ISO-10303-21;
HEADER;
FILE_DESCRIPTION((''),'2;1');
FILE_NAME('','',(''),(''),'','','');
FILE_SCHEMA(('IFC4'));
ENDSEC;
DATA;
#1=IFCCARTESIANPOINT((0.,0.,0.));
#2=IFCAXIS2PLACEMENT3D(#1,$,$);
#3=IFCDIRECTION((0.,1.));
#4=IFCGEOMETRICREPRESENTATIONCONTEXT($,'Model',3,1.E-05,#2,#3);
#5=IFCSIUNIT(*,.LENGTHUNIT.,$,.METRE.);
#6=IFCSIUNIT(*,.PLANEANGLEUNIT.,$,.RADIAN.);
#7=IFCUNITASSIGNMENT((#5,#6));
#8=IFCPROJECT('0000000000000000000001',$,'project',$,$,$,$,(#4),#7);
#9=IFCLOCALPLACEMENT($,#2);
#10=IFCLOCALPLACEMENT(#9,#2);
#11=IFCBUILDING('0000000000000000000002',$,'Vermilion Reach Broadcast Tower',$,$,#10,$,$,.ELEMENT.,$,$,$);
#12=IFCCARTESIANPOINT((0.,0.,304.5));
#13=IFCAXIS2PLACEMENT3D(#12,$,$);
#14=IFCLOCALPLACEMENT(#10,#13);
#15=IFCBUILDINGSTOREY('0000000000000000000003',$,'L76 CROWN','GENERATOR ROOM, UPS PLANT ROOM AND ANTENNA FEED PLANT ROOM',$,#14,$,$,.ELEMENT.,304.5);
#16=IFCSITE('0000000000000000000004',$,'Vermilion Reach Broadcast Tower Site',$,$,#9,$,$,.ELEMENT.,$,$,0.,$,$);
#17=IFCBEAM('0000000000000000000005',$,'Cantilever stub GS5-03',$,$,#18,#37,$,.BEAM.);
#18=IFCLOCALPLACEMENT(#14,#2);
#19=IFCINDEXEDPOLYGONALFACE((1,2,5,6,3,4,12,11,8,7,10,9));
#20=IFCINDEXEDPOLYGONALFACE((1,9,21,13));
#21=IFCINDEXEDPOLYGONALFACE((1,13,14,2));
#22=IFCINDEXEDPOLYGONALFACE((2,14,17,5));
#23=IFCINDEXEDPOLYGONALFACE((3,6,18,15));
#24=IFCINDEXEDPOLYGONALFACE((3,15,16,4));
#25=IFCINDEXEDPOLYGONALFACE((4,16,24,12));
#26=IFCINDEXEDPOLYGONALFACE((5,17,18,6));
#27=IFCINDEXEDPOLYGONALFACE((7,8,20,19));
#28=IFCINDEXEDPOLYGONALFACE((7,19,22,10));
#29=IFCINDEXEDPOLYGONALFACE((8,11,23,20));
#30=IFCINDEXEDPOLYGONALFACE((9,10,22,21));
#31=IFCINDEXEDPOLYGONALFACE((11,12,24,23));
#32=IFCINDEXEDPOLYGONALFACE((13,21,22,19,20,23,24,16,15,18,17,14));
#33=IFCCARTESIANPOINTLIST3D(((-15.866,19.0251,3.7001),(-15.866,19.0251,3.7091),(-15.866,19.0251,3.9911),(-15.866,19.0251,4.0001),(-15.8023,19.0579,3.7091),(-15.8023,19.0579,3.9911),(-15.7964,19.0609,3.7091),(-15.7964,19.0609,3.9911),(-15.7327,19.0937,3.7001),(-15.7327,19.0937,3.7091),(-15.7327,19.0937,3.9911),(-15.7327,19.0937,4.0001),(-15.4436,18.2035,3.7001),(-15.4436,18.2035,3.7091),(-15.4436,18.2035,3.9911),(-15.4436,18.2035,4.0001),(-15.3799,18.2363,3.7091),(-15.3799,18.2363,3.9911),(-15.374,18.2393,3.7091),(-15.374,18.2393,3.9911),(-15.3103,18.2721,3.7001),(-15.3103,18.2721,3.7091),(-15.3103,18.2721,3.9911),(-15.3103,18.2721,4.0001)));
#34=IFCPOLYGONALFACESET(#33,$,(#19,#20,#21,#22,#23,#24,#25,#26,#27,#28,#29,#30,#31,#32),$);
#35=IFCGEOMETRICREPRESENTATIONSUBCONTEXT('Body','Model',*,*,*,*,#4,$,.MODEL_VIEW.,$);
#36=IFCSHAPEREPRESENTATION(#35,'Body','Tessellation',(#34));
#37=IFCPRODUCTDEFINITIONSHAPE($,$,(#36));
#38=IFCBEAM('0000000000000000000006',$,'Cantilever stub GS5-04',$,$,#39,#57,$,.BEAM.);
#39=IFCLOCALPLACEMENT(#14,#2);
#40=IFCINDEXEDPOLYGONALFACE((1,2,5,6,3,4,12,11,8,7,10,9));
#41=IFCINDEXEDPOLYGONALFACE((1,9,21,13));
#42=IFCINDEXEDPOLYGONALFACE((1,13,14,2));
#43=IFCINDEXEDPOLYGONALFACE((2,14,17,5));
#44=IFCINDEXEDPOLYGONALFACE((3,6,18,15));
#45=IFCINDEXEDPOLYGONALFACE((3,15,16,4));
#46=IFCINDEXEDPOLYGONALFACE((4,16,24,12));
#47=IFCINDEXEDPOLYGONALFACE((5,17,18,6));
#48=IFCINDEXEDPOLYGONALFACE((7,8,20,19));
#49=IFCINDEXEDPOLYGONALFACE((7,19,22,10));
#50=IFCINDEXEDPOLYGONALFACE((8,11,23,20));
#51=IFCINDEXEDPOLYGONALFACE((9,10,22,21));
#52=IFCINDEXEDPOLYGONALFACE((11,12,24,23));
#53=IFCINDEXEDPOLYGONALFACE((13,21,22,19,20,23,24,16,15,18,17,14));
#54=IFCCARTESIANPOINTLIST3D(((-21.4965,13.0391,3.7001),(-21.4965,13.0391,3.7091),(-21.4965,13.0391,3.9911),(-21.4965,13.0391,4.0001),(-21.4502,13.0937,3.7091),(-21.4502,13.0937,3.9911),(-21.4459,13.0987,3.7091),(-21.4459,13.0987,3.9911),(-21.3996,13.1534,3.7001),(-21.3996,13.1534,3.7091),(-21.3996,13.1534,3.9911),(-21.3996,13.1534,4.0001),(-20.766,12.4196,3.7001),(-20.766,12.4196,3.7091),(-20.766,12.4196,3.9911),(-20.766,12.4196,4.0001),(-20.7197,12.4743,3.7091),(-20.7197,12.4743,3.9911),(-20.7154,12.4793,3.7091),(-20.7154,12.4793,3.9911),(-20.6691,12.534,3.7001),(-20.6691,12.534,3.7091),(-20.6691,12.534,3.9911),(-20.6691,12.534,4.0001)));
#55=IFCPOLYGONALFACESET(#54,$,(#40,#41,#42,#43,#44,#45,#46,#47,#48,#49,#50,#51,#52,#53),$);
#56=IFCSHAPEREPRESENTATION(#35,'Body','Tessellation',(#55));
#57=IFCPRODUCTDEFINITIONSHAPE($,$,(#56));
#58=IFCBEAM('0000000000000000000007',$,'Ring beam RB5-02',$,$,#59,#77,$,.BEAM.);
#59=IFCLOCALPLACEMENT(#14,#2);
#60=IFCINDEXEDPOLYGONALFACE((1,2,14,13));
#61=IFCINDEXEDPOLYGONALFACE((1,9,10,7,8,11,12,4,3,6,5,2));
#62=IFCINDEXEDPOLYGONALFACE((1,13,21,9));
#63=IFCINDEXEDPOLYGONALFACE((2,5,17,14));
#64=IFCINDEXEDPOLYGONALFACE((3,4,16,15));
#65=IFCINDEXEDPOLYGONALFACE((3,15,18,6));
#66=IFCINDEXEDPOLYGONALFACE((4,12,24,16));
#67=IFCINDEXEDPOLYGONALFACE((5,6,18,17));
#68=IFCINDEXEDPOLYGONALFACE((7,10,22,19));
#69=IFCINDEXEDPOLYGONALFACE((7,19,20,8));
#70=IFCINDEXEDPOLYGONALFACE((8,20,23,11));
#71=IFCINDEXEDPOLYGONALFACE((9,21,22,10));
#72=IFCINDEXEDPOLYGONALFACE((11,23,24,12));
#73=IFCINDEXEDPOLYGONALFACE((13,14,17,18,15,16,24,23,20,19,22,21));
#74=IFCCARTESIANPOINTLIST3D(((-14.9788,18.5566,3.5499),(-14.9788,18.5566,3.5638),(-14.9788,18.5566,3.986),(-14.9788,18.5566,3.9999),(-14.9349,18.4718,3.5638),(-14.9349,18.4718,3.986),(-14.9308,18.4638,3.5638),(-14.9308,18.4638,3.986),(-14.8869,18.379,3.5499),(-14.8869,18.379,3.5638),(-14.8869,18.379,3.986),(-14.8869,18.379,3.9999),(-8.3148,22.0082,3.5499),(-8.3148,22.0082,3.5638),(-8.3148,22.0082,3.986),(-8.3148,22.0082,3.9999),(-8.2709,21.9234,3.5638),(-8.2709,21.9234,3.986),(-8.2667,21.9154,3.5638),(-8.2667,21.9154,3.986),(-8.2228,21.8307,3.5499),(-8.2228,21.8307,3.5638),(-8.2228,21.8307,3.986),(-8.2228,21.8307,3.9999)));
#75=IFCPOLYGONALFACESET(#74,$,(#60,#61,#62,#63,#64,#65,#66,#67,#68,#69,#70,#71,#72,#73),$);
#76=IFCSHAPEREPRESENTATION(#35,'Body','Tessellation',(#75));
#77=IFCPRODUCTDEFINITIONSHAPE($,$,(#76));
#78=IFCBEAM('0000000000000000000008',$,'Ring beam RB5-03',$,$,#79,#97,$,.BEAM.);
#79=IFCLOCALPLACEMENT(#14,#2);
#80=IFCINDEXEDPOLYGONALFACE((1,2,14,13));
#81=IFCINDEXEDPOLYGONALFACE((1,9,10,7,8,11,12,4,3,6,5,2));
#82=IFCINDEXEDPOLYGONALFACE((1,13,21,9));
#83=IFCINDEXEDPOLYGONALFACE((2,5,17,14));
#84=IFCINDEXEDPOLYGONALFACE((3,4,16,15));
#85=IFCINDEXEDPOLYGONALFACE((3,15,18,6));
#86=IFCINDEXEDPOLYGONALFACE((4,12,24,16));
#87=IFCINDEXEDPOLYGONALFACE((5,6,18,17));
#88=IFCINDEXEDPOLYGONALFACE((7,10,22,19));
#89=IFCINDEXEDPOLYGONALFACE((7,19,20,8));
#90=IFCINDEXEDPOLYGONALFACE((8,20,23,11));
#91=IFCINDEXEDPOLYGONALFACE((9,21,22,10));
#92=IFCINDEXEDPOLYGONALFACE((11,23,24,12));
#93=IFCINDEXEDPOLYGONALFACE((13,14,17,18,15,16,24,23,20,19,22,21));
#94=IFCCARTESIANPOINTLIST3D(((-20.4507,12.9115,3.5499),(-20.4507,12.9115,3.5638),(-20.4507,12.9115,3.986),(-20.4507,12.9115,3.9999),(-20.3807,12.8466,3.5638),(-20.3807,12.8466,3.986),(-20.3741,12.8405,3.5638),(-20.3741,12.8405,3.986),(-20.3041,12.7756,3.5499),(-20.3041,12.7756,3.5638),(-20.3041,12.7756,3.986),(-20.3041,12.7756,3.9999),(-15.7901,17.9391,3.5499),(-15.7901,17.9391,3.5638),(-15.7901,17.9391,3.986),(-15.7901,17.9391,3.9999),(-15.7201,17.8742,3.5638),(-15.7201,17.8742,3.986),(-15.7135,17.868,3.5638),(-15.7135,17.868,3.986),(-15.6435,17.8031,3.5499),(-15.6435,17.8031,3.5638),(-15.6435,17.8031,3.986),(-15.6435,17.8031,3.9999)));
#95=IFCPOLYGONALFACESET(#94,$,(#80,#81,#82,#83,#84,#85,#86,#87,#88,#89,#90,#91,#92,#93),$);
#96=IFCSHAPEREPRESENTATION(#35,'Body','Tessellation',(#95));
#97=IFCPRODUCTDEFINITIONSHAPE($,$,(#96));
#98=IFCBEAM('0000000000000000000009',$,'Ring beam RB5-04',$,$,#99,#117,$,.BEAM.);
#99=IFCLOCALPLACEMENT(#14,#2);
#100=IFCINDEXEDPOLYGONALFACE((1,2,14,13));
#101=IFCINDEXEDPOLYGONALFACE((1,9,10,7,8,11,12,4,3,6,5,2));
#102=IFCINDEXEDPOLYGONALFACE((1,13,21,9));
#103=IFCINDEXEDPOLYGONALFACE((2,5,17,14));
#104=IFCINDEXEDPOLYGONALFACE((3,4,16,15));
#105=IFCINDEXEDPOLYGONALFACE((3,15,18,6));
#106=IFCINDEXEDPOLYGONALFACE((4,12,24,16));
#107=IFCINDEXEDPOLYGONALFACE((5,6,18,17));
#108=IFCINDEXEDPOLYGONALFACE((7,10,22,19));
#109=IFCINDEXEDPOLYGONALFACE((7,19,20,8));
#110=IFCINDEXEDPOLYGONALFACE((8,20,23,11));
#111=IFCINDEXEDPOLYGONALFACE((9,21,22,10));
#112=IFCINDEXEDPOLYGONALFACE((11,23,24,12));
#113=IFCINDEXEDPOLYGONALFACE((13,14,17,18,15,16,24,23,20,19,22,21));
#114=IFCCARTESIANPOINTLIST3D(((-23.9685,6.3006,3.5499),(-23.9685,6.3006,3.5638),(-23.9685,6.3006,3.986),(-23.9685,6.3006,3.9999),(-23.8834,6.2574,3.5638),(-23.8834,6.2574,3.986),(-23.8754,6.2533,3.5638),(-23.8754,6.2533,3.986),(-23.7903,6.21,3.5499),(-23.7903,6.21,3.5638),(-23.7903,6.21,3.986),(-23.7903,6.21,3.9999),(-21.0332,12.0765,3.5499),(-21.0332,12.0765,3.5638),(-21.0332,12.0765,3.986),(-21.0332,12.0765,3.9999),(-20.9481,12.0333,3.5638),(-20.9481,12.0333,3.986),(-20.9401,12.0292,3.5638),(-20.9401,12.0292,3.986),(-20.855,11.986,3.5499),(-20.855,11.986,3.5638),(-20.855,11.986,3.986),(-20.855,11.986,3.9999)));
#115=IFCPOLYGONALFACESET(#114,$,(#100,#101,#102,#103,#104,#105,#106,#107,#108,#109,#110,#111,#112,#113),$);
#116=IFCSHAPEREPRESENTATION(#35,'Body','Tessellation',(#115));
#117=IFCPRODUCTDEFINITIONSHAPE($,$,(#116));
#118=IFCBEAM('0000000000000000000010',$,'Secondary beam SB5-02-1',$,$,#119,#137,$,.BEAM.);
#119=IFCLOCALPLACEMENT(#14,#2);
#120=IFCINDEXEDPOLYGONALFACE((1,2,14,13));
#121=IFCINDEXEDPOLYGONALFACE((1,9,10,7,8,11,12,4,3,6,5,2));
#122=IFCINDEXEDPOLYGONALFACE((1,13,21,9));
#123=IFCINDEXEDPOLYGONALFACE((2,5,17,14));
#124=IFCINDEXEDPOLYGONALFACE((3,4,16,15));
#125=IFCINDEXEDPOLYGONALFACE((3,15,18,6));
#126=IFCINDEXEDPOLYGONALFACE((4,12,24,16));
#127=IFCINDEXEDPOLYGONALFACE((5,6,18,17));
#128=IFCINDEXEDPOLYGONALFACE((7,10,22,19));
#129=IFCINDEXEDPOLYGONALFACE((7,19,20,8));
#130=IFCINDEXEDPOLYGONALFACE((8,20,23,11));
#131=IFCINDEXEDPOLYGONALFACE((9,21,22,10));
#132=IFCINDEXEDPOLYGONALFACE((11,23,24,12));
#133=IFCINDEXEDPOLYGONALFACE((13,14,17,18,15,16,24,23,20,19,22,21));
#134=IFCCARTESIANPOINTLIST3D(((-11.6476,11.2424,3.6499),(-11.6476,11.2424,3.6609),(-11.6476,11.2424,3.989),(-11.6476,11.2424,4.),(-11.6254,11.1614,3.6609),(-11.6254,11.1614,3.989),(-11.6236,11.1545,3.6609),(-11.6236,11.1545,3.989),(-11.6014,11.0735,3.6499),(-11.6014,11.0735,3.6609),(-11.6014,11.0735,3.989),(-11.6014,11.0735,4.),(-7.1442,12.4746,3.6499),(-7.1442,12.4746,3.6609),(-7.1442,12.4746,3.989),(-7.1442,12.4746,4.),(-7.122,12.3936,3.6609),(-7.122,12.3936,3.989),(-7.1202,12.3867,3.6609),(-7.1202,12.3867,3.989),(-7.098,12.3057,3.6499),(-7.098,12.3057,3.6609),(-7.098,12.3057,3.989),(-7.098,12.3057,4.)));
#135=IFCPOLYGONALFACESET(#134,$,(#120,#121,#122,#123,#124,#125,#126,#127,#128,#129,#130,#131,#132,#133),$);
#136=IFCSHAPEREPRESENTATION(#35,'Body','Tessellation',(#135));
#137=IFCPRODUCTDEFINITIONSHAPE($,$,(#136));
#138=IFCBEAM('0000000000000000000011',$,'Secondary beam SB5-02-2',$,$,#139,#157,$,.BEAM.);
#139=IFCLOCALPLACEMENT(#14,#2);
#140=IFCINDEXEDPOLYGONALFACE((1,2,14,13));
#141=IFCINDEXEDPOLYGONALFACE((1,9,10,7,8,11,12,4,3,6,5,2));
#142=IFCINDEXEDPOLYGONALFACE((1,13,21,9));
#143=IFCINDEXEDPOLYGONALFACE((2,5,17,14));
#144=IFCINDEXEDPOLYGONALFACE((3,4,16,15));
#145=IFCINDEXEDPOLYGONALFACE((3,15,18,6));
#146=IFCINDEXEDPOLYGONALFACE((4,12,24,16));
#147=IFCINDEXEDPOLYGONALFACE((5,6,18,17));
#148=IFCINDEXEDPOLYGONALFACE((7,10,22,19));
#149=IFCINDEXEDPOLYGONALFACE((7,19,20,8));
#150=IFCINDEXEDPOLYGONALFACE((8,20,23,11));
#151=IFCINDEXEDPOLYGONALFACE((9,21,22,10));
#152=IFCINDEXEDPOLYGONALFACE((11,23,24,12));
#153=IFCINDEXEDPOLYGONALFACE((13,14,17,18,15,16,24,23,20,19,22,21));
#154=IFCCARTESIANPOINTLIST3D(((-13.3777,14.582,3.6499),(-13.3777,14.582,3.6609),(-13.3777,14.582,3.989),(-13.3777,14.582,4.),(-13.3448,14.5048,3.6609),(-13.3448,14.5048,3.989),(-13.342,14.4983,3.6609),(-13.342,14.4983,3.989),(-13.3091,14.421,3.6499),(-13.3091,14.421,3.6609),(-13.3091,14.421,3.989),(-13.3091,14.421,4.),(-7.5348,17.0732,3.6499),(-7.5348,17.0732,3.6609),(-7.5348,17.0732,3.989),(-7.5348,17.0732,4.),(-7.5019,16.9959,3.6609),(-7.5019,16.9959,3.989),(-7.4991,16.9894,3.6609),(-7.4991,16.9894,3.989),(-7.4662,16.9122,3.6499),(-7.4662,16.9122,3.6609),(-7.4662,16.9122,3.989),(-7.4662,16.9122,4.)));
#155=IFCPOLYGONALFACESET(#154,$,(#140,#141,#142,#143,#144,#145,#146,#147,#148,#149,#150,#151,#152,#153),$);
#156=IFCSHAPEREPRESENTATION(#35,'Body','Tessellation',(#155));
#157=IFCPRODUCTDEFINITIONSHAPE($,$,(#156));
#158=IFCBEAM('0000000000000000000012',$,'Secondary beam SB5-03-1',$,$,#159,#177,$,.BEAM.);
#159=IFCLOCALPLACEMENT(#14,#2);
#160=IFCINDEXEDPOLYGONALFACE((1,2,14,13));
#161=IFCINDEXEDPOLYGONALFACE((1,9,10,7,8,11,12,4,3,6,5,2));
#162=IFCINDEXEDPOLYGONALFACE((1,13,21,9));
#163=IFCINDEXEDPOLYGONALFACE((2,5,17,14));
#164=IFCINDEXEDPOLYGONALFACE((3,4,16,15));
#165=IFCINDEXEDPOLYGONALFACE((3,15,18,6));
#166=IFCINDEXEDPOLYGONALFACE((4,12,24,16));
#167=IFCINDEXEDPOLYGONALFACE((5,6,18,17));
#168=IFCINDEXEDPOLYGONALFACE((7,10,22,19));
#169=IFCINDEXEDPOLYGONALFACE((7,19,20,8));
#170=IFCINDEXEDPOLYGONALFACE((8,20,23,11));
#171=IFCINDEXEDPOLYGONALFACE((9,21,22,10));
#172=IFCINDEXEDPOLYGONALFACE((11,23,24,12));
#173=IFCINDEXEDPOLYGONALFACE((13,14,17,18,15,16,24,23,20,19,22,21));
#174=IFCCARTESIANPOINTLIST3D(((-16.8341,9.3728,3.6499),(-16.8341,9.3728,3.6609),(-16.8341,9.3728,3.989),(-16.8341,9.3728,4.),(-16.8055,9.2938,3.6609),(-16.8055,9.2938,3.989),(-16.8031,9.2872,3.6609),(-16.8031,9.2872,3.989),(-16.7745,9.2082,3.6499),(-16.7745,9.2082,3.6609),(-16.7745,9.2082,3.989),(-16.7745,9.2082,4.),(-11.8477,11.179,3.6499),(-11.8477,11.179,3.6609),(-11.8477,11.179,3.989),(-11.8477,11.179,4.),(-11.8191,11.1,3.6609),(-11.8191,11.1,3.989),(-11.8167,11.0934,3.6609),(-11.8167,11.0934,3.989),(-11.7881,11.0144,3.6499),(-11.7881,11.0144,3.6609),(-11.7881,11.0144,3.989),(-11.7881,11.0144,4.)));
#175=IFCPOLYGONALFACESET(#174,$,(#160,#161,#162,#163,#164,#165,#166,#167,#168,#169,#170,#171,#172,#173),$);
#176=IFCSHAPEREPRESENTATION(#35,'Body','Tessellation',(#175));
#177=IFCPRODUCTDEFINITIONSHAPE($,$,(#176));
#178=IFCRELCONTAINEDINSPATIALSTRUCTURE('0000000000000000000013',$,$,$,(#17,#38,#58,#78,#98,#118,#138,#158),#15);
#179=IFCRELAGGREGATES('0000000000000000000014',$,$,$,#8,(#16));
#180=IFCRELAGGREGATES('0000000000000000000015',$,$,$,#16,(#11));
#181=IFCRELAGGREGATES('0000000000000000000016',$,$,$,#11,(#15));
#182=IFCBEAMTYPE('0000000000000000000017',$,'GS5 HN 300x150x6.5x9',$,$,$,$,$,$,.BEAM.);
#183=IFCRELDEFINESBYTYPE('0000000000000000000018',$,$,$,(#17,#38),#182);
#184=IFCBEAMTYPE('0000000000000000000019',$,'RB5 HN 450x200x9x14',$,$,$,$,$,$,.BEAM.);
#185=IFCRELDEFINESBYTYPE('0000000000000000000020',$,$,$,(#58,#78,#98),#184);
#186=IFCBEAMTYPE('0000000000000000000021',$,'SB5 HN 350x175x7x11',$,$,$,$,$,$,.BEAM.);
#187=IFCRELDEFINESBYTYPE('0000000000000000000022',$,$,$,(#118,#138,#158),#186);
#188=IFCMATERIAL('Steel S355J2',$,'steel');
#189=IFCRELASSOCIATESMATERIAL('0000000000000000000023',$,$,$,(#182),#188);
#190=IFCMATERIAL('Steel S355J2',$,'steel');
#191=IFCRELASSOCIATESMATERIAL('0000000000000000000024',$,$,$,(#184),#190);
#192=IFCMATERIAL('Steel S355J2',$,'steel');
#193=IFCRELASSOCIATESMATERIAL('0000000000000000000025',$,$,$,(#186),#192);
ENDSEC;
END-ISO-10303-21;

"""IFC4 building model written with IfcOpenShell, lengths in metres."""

from ifc_helpers import new_model, si_unit, direction, frame, origin, origin_2d, place, context, subcontext, project, spatial, i_section, extrude, material, material_profile, profile_set, type_object, element, save


model = new_model("IFC4")

# Units and contexts
model_context = context("Model", 3, precision=1e-05, world=origin(), true_north=direction((0.0, 1.0)))
body_context = subcontext(model_context, "Body", "Model", "MODEL_VIEW")
ifc_project = project(units=[si_unit("LENGTHUNIT", "METRE"), si_unit("PLANEANGLEUNIT", "RADIAN")], contexts=[model_context])

# Site, building, storey
site_placement = place(None, origin())
site = spatial("IfcSite", under=ifc_project, at=site_placement, Name="Vermilion Reach Broadcast Tower Site", CompositionType="ELEMENT", RefElevation=0.0)
building_placement = place(site_placement, origin())
building = spatial("IfcBuilding", under=site, at=building_placement, Name="Vermilion Reach Broadcast Tower", CompositionType="ELEMENT")
storey_placement = place(building_placement, frame((0.0, 0.0, 304.5)))
storey = spatial("IfcBuildingStorey", under=building, at=storey_placement, Name="L76 CROWN", Description="GENERATOR ROOM, UPS PLANT ROOM AND ANTENNA FEED PLANT ROOM", CompositionType="ELEMENT", Elevation=304.5)

# Beams
ifc_material_1 = material(Name="Steel S355J2", Category="steel")
ifc_material_profile_1 = material_profile(ifc_material_1, i_section(OverallWidth=0.1499, OverallDepth=0.3, WebThickness=0.0066, FlangeThickness=0.009, at=origin_2d()), Name="S355J2 HN 300x150x6.5x9")
ifc_profile_set_1 = profile_set([ifc_material_profile_1], Name="Steel S355J2")
beam_type_1 = type_object("IfcBeamType", Name="GS5 HN 300x150x6.5x9", PredefinedType="BEAM", material=ifc_profile_set_1)
beam_1_placement = place(storey_placement, frame((-15.377, 18.2378, 3.8501), z_axis=(-0.457229, 0.889349, 0.0), x_axis=(-0.889349, -0.457229, 0.0)))
element("IfcBeam", 1, at=beam_1_placement, inside=storey, type_object=beam_type_1, Name="Cantilever stub GS5-03", PredefinedType="BEAM", context=body_context, shape_type="SweptSolid", body=[
    extrude(i_section(OverallWidth=0.1499, OverallDepth=0.3, WebThickness=0.0066, FlangeThickness=0.009, at=origin_2d()), origin(), (0.0, 0.0, 1.0), 0.9238),
])
beam_2_placement = place(storey_placement, frame((-20.7175, 12.4768, 3.8501), z_axis=(-0.762719, 0.64673, 0.0), x_axis=(-0.64673, -0.762719, 0.0)))
element("IfcBeam", 2, at=beam_2_placement, inside=storey, type_object=beam_type_1, Name="Cantilever stub GS5-04", PredefinedType="BEAM", context=body_context, shape_type="SweptSolid", body=[
    extrude(i_section(OverallWidth=0.1499, OverallDepth=0.3, WebThickness=0.0066, FlangeThickness=0.009, at=origin_2d()), origin(), (0.0, 0.0, 1.0), 0.9578),
])
ifc_material_2 = material(Name="Steel S355J2", Category="steel")
ifc_material_profile_2 = material_profile(ifc_material_2, i_section(OverallWidth=0.2, OverallDepth=0.45, WebThickness=0.009, FlangeThickness=0.0139, at=origin_2d()), Name="S355J2 HN 450x200x9x14")
ifc_profile_set_2 = profile_set([ifc_material_profile_2], Name="Steel S355J2")
beam_type_2 = type_object("IfcBeamType", Name="RB5 HN 450x200x9x14", PredefinedType="BEAM", material=ifc_profile_set_2)
beam_3_placement = place(storey_placement, frame((-8.2688, 21.9194, 3.7749), z_axis=(-0.88796, -0.45992, 0.0), x_axis=(0.45992, -0.88796, 0.0)))
element("IfcBeam", 3, at=beam_3_placement, inside=storey, type_object=beam_type_2, Name="Ring beam RB5-02", PredefinedType="BEAM", context=body_context, shape_type="SweptSolid", body=[
    extrude(i_section(OverallWidth=0.2, OverallDepth=0.45, WebThickness=0.009, FlangeThickness=0.0139, at=origin_2d()), origin(), (0.0, 0.0, 1.0), 7.5049),
])
beam_4_placement = place(storey_placement, frame((-15.7168, 17.8711, 3.7749), z_axis=(-0.679838, -0.733363, 0.0), x_axis=(0.733363, -0.679838, 0.0)))
element("IfcBeam", 4, at=beam_4_placement, inside=storey, type_object=beam_type_2, Name="Ring beam RB5-03", PredefinedType="BEAM", context=body_context, shape_type="SweptSolid", body=[
    extrude(i_section(OverallWidth=0.2, OverallDepth=0.45, WebThickness=0.009, FlangeThickness=0.0139, at=origin_2d()), origin(), (0.0, 0.0, 1.0), 6.8555),
])
beam_5_placement = place(storey_placement, frame((-20.9441, 12.0312, 3.7749), z_axis=(-0.453052, -0.891484, 0.0), x_axis=(0.891484, -0.453052, 0.0)))
element("IfcBeam", 5, at=beam_5_placement, inside=storey, type_object=beam_type_2, Name="Ring beam RB5-04", PredefinedType="BEAM", context=body_context, shape_type="SweptSolid", body=[
    extrude(i_section(OverallWidth=0.2, OverallDepth=0.45, WebThickness=0.009, FlangeThickness=0.0139, at=origin_2d()), origin(), (0.0, 0.0, 1.0), 6.479),
])
ifc_material_3 = material(Name="Steel S355J2", Category="steel")
ifc_material_profile_3 = material_profile(ifc_material_3, i_section(OverallWidth=0.175, OverallDepth=0.3501, WebThickness=0.0071, FlangeThickness=0.011, at=origin_2d()), Name="S355J2 HN 350x175x7x11")
ifc_profile_set_3 = profile_set([ifc_material_profile_3], Name="Steel S355J2")
beam_type_3 = type_object("IfcBeamType", Name="SB5 HN 350x175x7x11", PredefinedType="BEAM", material=ifc_profile_set_3)
beam_6_placement = place(storey_placement, frame((-7.1211, 12.3901, 3.825), z_axis=(-0.964547, -0.263909, 0.0), x_axis=(0.263909, -0.964547, 0.0)))
element("IfcBeam", 6, at=beam_6_placement, inside=storey, type_object=beam_type_3, Name="Secondary beam SB5-02-1", PredefinedType="BEAM", context=body_context, shape_type="SweptSolid", body=[
    extrude(i_section(OverallWidth=0.175, OverallDepth=0.3501, WebThickness=0.0071, FlangeThickness=0.011, at=origin_2d()), origin(), (0.0, 0.0, 1.0), 4.6689),
])
beam_7_placement = place(storey_placement, frame((-7.5005, 16.9927, 3.825), z_axis=(-0.919881, -0.392198, 0.0), x_axis=(0.392198, -0.919881, 0.0)))
element("IfcBeam", 7, at=beam_7_placement, inside=storey, type_object=beam_type_3, Name="Secondary beam SB5-02-2", PredefinedType="BEAM", context=body_context, shape_type="SweptSolid", body=[
    extrude(i_section(OverallWidth=0.175, OverallDepth=0.3501, WebThickness=0.0071, FlangeThickness=0.011, at=origin_2d()), origin(), (0.0, 0.0, 1.0), 6.3518),
])
beam_8_placement = place(storey_placement, frame((-11.8179, 11.0967, 3.825), z_axis=(-0.94022, -0.340567, 0.0), x_axis=(0.340567, -0.94022, 0.0)))
element("IfcBeam", 8, at=beam_8_placement, inside=storey, type_object=beam_type_3, Name="Secondary beam SB5-03-1", PredefinedType="BEAM", context=body_context, shape_type="SweptSolid", body=[
    extrude(i_section(OverallWidth=0.175, OverallDepth=0.3501, WebThickness=0.0071, FlangeThickness=0.011, at=origin_2d()), origin(), (0.0, 0.0, 1.0), 5.3035),
])

save(model, "model.ifc")
